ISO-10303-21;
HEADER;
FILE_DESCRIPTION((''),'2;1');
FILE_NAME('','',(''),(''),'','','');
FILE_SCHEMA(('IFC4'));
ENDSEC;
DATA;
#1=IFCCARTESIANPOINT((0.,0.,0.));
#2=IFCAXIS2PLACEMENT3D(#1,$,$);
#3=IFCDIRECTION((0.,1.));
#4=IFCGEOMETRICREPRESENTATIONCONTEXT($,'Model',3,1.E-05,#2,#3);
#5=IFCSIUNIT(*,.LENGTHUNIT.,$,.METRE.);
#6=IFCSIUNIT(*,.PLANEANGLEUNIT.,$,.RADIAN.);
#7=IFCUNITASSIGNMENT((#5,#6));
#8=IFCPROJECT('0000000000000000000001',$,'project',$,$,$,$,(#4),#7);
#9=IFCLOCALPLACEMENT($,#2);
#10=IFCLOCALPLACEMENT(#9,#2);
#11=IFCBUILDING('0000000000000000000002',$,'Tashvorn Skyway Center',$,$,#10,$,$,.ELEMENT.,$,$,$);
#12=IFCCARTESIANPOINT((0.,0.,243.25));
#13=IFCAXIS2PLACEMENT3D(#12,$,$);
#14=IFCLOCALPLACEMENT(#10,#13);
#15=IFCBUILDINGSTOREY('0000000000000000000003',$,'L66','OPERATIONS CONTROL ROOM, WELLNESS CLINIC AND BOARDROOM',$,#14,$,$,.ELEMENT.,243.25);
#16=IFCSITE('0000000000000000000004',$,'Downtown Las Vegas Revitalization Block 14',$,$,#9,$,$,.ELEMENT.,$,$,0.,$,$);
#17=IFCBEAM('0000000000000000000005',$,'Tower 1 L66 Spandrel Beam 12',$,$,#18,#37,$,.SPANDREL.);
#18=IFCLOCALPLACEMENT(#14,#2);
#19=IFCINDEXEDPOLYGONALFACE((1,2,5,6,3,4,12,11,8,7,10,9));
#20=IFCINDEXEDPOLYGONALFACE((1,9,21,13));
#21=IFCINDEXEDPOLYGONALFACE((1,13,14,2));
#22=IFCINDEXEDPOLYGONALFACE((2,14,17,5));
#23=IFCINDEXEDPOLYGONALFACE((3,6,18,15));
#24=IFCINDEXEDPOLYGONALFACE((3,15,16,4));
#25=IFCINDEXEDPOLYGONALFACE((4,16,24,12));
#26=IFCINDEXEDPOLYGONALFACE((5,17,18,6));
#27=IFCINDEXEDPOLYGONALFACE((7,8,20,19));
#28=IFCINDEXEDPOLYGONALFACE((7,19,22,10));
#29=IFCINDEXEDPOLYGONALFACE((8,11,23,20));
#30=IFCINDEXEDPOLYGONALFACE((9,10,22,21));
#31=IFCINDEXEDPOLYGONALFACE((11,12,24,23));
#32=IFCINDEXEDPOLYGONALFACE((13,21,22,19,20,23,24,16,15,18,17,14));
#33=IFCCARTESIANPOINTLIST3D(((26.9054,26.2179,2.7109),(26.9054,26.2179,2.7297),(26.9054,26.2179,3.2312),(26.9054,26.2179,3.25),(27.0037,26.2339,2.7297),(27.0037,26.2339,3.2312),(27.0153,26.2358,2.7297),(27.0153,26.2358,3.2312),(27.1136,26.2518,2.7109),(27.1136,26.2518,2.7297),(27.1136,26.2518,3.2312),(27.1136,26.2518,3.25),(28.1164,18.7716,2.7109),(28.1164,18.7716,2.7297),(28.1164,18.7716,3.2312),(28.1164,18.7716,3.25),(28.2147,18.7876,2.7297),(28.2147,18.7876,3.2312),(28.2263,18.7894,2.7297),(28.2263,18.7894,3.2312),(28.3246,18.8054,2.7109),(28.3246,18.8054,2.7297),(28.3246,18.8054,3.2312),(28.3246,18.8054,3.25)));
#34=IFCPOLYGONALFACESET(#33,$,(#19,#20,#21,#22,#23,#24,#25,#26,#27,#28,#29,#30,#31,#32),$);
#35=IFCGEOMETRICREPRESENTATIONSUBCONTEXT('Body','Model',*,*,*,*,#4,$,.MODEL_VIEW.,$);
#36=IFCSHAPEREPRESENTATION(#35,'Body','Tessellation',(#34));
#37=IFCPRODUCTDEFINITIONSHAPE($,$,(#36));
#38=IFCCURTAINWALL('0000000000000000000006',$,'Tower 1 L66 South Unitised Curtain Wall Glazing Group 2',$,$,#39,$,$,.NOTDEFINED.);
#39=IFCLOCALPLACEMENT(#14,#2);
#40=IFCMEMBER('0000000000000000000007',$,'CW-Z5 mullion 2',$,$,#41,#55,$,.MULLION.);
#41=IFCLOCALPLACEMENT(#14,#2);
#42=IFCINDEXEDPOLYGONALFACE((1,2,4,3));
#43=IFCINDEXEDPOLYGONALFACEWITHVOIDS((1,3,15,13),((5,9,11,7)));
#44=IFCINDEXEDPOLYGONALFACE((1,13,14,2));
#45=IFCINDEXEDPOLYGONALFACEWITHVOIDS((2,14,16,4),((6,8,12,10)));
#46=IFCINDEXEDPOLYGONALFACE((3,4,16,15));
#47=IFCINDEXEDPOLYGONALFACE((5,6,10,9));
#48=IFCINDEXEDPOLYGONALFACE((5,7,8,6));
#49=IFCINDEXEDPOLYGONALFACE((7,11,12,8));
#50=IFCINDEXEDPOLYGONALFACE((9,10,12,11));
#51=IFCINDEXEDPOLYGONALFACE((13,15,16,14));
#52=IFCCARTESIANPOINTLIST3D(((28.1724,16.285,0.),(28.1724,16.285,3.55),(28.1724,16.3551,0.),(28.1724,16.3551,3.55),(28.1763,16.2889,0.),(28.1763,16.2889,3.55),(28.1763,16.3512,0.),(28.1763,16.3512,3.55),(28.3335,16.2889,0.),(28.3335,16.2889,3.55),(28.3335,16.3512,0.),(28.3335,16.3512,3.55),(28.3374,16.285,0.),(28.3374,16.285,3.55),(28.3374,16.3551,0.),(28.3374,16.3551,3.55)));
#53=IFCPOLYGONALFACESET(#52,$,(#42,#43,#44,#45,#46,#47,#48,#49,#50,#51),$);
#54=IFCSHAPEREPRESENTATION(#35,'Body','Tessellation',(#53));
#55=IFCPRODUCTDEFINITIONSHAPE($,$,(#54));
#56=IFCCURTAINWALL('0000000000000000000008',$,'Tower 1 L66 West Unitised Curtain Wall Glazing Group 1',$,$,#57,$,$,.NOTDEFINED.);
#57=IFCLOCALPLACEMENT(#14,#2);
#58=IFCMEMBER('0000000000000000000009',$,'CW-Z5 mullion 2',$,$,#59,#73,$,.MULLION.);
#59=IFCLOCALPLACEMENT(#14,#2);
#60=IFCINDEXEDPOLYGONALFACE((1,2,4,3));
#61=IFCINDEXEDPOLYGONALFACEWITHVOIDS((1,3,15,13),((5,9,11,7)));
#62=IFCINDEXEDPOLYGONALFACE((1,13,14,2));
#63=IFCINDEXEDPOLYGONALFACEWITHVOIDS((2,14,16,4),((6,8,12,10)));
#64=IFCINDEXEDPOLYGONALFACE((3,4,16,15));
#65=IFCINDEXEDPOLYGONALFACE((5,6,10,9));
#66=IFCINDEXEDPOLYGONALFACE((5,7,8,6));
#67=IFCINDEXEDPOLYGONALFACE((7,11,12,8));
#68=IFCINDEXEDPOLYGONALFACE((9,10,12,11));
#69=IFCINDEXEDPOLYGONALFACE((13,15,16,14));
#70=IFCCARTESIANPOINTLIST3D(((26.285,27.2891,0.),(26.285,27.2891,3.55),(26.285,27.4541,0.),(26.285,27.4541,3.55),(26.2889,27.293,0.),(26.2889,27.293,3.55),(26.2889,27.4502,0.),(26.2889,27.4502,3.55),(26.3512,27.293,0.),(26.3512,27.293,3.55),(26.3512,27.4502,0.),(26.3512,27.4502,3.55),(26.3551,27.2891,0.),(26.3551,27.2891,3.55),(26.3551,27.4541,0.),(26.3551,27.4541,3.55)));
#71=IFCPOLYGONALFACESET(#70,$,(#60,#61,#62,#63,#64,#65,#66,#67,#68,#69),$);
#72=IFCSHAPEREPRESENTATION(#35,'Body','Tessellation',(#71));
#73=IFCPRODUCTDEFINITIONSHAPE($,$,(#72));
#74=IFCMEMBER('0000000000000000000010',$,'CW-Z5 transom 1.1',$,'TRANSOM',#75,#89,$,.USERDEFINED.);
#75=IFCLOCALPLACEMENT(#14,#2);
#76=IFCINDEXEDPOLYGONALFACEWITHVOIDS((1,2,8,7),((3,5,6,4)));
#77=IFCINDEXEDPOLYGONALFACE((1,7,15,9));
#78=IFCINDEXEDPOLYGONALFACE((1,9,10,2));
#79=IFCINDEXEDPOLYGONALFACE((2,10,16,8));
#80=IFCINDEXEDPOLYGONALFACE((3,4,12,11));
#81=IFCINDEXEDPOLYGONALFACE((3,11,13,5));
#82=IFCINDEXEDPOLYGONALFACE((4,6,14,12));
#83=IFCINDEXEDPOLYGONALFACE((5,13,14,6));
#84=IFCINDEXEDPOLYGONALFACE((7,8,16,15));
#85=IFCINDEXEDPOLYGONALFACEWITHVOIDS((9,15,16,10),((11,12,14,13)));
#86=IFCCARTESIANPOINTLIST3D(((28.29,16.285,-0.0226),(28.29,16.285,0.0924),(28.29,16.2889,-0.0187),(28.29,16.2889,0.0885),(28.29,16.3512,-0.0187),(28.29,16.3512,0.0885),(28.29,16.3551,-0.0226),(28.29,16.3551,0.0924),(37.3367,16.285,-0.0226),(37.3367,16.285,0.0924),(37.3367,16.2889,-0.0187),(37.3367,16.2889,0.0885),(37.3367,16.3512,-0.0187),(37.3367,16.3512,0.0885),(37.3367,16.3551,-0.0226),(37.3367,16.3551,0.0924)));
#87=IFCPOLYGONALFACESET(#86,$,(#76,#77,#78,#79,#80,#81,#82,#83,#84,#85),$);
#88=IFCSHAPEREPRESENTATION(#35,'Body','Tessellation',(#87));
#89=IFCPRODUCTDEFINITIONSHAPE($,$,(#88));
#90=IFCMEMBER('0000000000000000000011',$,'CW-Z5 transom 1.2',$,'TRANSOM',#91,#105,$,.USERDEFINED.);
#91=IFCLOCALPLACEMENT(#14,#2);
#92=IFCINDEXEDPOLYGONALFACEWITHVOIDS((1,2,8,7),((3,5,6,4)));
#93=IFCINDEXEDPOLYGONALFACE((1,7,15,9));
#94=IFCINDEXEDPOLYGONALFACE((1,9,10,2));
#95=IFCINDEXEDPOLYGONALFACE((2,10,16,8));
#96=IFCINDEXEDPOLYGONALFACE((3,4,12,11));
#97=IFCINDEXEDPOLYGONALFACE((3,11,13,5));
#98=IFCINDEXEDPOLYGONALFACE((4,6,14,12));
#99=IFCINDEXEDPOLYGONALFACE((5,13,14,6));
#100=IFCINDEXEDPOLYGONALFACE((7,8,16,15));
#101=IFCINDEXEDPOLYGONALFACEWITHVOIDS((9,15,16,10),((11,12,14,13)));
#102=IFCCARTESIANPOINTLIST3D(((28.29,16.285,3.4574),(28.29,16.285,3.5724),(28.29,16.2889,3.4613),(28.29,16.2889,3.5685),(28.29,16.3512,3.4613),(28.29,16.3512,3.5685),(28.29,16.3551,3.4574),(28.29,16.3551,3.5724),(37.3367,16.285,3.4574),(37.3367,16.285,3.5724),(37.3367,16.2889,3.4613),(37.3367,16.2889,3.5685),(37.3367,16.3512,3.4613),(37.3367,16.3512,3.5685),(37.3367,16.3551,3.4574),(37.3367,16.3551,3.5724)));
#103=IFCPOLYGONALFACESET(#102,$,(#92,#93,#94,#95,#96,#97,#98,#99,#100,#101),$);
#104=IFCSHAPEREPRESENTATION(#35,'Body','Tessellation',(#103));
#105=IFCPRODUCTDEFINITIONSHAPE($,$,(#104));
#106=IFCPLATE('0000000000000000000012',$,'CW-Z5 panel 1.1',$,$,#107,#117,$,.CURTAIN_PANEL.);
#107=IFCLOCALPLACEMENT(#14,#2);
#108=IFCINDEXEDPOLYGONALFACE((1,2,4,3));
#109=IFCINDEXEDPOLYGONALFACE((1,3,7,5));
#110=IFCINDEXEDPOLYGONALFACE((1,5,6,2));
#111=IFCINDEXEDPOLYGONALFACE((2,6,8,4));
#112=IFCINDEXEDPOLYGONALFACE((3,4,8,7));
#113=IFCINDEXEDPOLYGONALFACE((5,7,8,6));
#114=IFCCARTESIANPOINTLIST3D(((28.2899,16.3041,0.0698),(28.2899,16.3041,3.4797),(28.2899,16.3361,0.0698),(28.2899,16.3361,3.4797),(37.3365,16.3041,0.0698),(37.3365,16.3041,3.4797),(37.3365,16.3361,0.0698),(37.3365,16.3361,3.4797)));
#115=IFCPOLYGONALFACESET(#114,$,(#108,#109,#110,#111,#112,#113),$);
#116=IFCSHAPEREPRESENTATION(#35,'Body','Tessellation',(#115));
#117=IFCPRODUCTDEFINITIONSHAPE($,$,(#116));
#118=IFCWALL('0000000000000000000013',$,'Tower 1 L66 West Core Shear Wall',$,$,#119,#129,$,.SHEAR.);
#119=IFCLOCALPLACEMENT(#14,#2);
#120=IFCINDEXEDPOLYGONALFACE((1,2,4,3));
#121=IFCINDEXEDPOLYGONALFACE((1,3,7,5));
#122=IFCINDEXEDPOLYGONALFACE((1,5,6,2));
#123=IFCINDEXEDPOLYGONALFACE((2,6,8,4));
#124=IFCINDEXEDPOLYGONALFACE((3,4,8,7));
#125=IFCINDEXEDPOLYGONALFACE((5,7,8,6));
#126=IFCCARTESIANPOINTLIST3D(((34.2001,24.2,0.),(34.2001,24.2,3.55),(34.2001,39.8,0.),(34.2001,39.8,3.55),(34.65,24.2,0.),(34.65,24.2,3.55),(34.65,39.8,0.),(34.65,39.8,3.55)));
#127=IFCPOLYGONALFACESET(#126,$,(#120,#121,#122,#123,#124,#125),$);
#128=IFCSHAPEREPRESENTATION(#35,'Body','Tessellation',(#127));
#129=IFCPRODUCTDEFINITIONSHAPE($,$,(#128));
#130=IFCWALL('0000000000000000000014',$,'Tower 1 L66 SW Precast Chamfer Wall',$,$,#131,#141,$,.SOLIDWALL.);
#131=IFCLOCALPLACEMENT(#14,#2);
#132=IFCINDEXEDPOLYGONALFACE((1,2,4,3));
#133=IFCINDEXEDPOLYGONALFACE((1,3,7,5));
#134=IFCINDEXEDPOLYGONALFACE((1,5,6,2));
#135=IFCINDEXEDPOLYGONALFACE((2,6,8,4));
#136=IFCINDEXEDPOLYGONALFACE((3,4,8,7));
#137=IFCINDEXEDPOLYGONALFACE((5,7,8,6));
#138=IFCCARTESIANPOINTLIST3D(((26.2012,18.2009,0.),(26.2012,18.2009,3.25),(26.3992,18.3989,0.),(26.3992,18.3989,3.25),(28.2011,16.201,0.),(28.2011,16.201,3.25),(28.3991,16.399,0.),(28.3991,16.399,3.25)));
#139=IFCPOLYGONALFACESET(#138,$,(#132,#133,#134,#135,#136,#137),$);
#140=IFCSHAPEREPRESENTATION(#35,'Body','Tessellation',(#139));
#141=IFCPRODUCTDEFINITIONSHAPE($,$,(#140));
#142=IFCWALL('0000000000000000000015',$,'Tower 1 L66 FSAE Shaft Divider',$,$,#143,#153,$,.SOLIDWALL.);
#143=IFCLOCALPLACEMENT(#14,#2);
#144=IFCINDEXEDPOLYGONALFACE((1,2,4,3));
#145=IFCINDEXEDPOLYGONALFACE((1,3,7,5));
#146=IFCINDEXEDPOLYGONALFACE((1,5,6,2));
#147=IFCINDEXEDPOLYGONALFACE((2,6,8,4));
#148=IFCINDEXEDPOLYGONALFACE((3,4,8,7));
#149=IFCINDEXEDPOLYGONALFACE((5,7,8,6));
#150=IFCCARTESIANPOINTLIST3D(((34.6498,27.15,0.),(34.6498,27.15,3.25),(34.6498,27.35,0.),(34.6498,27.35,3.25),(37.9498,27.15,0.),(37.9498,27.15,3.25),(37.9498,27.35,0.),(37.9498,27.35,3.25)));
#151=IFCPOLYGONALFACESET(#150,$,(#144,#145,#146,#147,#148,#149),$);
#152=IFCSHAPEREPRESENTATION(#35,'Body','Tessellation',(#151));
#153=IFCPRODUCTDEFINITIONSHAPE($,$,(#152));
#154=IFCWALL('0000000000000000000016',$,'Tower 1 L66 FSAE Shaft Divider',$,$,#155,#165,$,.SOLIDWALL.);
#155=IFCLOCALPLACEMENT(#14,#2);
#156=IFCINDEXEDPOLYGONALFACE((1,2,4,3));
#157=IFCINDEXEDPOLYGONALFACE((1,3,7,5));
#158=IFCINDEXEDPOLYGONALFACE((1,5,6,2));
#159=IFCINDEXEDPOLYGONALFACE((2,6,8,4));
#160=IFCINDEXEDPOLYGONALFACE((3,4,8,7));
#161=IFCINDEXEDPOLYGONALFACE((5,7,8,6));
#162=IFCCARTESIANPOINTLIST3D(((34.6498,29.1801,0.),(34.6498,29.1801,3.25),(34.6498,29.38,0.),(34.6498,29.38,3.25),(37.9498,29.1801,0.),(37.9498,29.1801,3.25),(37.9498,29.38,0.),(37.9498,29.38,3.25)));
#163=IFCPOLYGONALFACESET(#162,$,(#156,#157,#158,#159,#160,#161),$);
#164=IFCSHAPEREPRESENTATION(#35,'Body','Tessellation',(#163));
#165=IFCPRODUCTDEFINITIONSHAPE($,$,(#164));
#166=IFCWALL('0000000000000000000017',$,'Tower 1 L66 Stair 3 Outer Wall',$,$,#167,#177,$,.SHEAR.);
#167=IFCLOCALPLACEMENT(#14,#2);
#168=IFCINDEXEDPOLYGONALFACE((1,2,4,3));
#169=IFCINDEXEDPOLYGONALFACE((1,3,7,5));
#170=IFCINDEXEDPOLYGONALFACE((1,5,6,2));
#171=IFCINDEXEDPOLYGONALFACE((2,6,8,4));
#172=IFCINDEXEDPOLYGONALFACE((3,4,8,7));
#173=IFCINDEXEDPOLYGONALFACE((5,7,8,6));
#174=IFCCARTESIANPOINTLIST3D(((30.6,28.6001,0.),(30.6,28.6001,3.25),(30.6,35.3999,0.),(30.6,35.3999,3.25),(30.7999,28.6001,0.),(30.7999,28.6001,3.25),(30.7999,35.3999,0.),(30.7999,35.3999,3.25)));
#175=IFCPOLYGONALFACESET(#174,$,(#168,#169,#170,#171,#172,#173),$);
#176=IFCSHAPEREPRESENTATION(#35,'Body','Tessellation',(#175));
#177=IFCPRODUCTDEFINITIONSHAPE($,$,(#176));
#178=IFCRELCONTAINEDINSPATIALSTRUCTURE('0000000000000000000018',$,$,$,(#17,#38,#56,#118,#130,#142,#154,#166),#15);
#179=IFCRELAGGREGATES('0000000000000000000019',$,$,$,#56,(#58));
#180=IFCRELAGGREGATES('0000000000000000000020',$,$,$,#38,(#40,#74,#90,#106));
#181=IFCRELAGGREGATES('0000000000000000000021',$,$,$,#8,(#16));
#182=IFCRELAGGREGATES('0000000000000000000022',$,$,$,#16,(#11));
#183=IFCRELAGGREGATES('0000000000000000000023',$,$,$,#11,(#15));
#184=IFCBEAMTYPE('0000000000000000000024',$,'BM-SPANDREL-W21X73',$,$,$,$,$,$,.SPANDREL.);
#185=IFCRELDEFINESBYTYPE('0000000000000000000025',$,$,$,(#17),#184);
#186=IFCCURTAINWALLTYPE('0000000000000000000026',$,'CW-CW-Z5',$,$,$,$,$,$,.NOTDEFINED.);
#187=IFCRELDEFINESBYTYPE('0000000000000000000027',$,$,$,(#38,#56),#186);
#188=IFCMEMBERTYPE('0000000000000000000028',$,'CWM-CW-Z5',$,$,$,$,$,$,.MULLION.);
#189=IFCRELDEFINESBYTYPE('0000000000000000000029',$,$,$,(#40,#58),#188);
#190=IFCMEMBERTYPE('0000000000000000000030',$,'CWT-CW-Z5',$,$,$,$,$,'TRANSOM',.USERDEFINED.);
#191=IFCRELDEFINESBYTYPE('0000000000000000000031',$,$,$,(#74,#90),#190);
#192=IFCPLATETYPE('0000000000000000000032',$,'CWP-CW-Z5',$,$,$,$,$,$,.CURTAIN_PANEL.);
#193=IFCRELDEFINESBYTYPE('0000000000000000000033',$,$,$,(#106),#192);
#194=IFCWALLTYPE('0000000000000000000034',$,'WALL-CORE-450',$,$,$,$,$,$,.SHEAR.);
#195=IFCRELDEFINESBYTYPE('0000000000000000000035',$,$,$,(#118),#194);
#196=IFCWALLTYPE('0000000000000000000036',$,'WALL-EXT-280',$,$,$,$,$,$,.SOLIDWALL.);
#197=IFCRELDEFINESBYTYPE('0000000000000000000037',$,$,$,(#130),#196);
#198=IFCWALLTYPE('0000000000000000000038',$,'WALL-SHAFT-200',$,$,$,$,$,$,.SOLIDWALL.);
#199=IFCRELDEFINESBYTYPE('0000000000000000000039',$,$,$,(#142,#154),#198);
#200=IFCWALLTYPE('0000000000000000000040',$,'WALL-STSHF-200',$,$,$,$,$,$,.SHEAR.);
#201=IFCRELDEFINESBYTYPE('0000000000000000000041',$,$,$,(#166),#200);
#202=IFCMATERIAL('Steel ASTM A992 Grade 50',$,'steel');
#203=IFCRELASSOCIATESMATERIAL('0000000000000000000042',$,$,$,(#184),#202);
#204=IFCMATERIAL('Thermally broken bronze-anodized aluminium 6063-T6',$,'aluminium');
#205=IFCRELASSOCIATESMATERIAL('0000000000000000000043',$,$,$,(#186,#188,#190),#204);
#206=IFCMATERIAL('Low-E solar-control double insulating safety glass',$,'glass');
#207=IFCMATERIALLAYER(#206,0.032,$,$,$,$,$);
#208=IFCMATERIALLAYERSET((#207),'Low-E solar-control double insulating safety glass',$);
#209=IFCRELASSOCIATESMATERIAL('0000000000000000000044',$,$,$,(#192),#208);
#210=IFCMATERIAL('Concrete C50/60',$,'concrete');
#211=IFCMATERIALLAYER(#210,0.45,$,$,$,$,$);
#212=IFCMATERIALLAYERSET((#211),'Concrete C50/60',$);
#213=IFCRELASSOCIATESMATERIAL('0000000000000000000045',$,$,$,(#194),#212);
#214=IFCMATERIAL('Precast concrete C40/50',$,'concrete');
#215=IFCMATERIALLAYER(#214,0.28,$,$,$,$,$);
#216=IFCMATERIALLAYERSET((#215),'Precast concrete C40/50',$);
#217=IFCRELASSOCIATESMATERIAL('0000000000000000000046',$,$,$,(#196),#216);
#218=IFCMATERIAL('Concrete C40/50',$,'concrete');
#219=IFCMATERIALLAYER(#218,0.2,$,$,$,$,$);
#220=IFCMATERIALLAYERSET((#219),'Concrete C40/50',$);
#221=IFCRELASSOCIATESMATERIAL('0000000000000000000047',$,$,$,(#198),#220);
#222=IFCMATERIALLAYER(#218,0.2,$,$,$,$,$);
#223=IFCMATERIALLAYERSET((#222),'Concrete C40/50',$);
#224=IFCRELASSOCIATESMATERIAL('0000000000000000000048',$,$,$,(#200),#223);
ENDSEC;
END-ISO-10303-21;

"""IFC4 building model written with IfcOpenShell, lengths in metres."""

from ifc_helpers import new_model, si_unit, direction, frame, frame_2d, origin, origin_2d, place, context, subcontext, project, spatial, rectangle, hollow_rectangle, i_section, extrude, material, layer, layer_set, material_profile, profile_set, type_object, element, aggregate, save


model = new_model("IFC4")

# Units and contexts
model_context = context("Model", 3, precision=1e-05, world=origin(), true_north=direction((0.0, 1.0)))
body_context = subcontext(model_context, "Body", "Model", "MODEL_VIEW")
ifc_project = project(units=[si_unit("LENGTHUNIT", "METRE"), si_unit("PLANEANGLEUNIT", "RADIAN")], contexts=[model_context])

# Site, building, storey
site_placement = place(None, origin())
site = spatial("IfcSite", under=ifc_project, at=site_placement, Name="Downtown Las Vegas Revitalization Block 14", CompositionType="ELEMENT", RefElevation=0.0)
building_placement = place(site_placement, origin())
building = spatial("IfcBuilding", under=site, at=building_placement, Name="Tashvorn Skyway Center", CompositionType="ELEMENT")
storey_placement = place(building_placement, frame((0.0, 0.0, 243.25)))
storey = spatial("IfcBuildingStorey", under=building, at=storey_placement, Name="L66", Description="OPERATIONS CONTROL ROOM, WELLNESS CLINIC AND BOARDROOM", CompositionType="ELEMENT", Elevation=243.25)

# Beam
ifc_material_1 = material(Name="Steel ASTM A992 Grade 50", Category="steel")
ifc_material_profile_1 = material_profile(ifc_material_1, i_section(OverallWidth=0.2109, OverallDepth=0.5391, WebThickness=0.0117, FlangeThickness=0.0188, at=origin_2d()), Name="W21X73")
ifc_profile_set_1 = profile_set([ifc_material_profile_1], Name="Steel ASTM A992 Grade 50")
beam_type_1 = type_object("IfcBeamType", Name="BM-SPANDREL-W21X73", PredefinedType="SPANDREL", material=ifc_profile_set_1)
beam_1_placement = place(storey_placement, frame((27.0095, 26.2349, 2.9805), z_axis=(0.160514, -0.987034, 0.0), x_axis=(0.987034, 0.160514, 0.0)))
element("IfcBeam", 1, at=beam_1_placement, inside=storey, type_object=beam_type_1, Name="Tower 1 L66 Spandrel Beam 12", PredefinedType="SPANDREL", context=body_context, shape_type="SweptSolid", body=[
    extrude(i_section(OverallWidth=0.2109, OverallDepth=0.5391, WebThickness=0.0117, FlangeThickness=0.0188, at=origin_2d()), origin(), (0.0, 0.0, 1.0), 7.5442),
])

# Curtain walls, members
ifc_material_2 = material(Name="Thermally broken bronze-anodized aluminium 6063-T6", Category="aluminium")
curtain_wall_type = type_object("IfcCurtainWallType", Name="CW-CW-Z5", PredefinedType="NOTDEFINED", material=ifc_material_2)
curtain_wall_1_placement = place(storey_placement, origin())
curtain_wall_1 = element("IfcCurtainWall", 2, at=curtain_wall_1_placement, inside=storey, type_object=curtain_wall_type, Name="Tower 1 L66 South Unitised Curtain Wall Glazing Group 2", PredefinedType="NOTDEFINED")
ifc_material_profile_2 = material_profile(ifc_material_2, hollow_rectangle(XDim=0.0701, YDim=0.165, WallThickness=0.0039, at=origin_2d()), Name="ALU-MULL-70x165")
ifc_profile_set_2 = profile_set([ifc_material_profile_2], Name="Thermally broken bronze-anodized aluminium 6063-T6")
member_type_1 = type_object("IfcMemberType", Name="CWM-CW-Z5", PredefinedType="MULLION", material=ifc_profile_set_2)
member_1_placement = place(storey_placement, frame((28.2549, 16.3201, 0.0), z_axis=(0.0, 0.0, 1.0), x_axis=(0.0, -1.0, 0.0)))
member_1 = element("IfcMember", 3, at=member_1_placement, type_object=member_type_1, Name="CW-Z5 mullion 2", PredefinedType="MULLION", context=body_context, shape_type="SweptSolid", body=[
    extrude(hollow_rectangle(XDim=0.0701, YDim=0.165, WallThickness=0.0039, at=origin_2d()), origin(), (0.0, 0.0, 1.0), 3.55),
])
curtain_wall_2_placement = place(storey_placement, origin())
curtain_wall_2 = element("IfcCurtainWall", 4, at=curtain_wall_2_placement, inside=storey, type_object=curtain_wall_type, Name="Tower 1 L66 West Unitised Curtain Wall Glazing Group 1", PredefinedType="NOTDEFINED")
member_2_placement = place(storey_placement, frame((26.3201, 27.3716, 0.0), z_axis=(0.0, 0.0, 1.0), x_axis=(-1.0, 0.0, 0.0)))
member_2 = element("IfcMember", 5, at=member_2_placement, type_object=member_type_1, Name="CW-Z5 mullion 2", PredefinedType="MULLION", context=body_context, shape_type="SweptSolid", body=[
    extrude(hollow_rectangle(XDim=0.0701, YDim=0.165, WallThickness=0.0039, at=origin_2d()), origin(), (0.0, 0.0, 1.0), 3.55),
])
aggregate(curtain_wall_2, [member_2])

# Members
ifc_material_profile_3 = material_profile(ifc_material_2, hollow_rectangle(XDim=0.0701, YDim=0.115, WallThickness=0.0039, at=origin_2d()), Name="ALU-TRAN-70x115")
ifc_profile_set_3 = profile_set([ifc_material_profile_3], Name="Thermally broken bronze-anodized aluminium 6063-T6")
member_type_2 = type_object("IfcMemberType", Name="CWT-CW-Z5", ElementType="TRANSOM", PredefinedType="USERDEFINED", material=ifc_profile_set_3)
member_3_placement = place(storey_placement, frame((37.3367, 16.3201, 0.0349), z_axis=(-1.0, 0.0, 0.0), x_axis=(0.0, -1.0, 0.0)))
member_3 = element("IfcMember", 6, at=member_3_placement, type_object=member_type_2, Name="CW-Z5 transom 1.1", ObjectType="TRANSOM", PredefinedType="USERDEFINED", context=body_context, shape_type="SweptSolid", body=[
    extrude(hollow_rectangle(XDim=0.0701, YDim=0.115, WallThickness=0.0039, at=origin_2d()), origin(), (0.0, 0.0, 1.0), 9.0466),
])
member_4_placement = place(storey_placement, frame((37.3367, 16.3201, 3.5149), z_axis=(-1.0, 0.0, 0.0), x_axis=(0.0, -1.0, 0.0)))
member_4 = element("IfcMember", 7, at=member_4_placement, type_object=member_type_2, Name="CW-Z5 transom 1.2", ObjectType="TRANSOM", PredefinedType="USERDEFINED", context=body_context, shape_type="SweptSolid", body=[
    extrude(hollow_rectangle(XDim=0.0701, YDim=0.115, WallThickness=0.0039, at=origin_2d()), origin(), (0.0, 0.0, 1.0), 9.0466),
])

# Plate
ifc_material_3 = material(Name="Low-E solar-control double insulating safety glass", Category="glass")
ifc_layer_1 = layer(ifc_material_3, 0.032)
ifc_layer_set_1 = layer_set([ifc_layer_1], Name="Low-E solar-control double insulating safety glass")
plate_type = type_object("IfcPlateType", Name="CWP-CW-Z5", PredefinedType="CURTAIN_PANEL", material=ifc_layer_set_1)
plate_placement = place(storey_placement, frame((32.8132, 16.3201, 0.0698), z_axis=(0.0, 0.0, 1.0), x_axis=(-1.0, 0.0, 0.0)))
plate = element("IfcPlate", 8, at=plate_placement, type_object=plate_type, Name="CW-Z5 panel 1.1", PredefinedType="CURTAIN_PANEL", context=body_context, shape_type="SweptSolid", body=[
    extrude(rectangle(XDim=9.0466, YDim=0.032, at=origin_2d()), origin(), (0.0, 0.0, 1.0), 3.4099),
])
aggregate(curtain_wall_1, [member_1, member_3, member_4, plate])

# Walls
ifc_material_4 = material(Name="Concrete C50/60", Category="concrete")
ifc_layer_2 = layer(ifc_material_4, 0.45)
ifc_layer_set_2 = layer_set([ifc_layer_2], Name="Concrete C50/60")
wall_type_1 = type_object("IfcWallType", Name="WALL-CORE-450", PredefinedType="SHEAR", material=ifc_layer_set_2)
wall_1_placement = place(storey_placement, frame((34.425, 24.2, 0.0), z_axis=(0.0, 0.0, 1.0), x_axis=(0.0, 1.0, 0.0)))
element("IfcWall", 9, at=wall_1_placement, inside=storey, type_object=wall_type_1, Name="Tower 1 L66 West Core Shear Wall", PredefinedType="SHEAR", context=body_context, shape_type="SweptSolid", body=[
    extrude(rectangle(XDim=15.6001, YDim=0.45, at=frame_2d((7.8, 0.0))), origin(), (0.0, 0.0, 1.0), 3.55),
])
ifc_material_5 = material(Name="Precast concrete C40/50", Category="concrete")
ifc_layer_3 = layer(ifc_material_5, 0.28)
ifc_layer_set_3 = layer_set([ifc_layer_3], Name="Precast concrete C40/50")
wall_type_2 = type_object("IfcWallType", Name="WALL-EXT-280", PredefinedType="SOLIDWALL", material=ifc_layer_set_3)
wall_2_placement = place(storey_placement, frame((28.3, 16.3, 0.0), z_axis=(0.0, 0.0, 1.0), x_axis=(-0.707107, 0.707107, 0.0)))
element("IfcWall", 10, at=wall_2_placement, inside=storey, type_object=wall_type_2, Name="Tower 1 L66 SW Precast Chamfer Wall", PredefinedType="SOLIDWALL", context=body_context, shape_type="SweptSolid", body=[
    extrude(rectangle(XDim=2.8284, YDim=0.28, at=frame_2d((1.4141, 0.0))), origin(), (0.0, 0.0, 1.0), 3.25),
])
ifc_material_6 = material(Name="Concrete C40/50", Category="concrete")
ifc_layer_4 = layer(ifc_material_6, 0.2)
ifc_layer_set_4 = layer_set([ifc_layer_4], Name="Concrete C40/50")
wall_type_3 = type_object("IfcWallType", Name="WALL-SHAFT-200", PredefinedType="SOLIDWALL", material=ifc_layer_set_4)
for number, where, z_axis, x_axis, name in (
    (11, (34.6499, 27.25, 0.0), (0.0, 0.0, 1.0), (1.0, 0.0, 0.0), "Tower 1 L66 FSAE Shaft Divider"),
    (12, (34.6499, 29.28, 0.0), (0.0, 0.0, 1.0), (1.0, 0.0, 0.0), "Tower 1 L66 FSAE Shaft Divider"),
):
    element("IfcWall", number, at=place(storey_placement, frame(where, z_axis=z_axis, x_axis=x_axis)), inside=storey, type_object=wall_type_3, Name=name, PredefinedType="SOLIDWALL", context=body_context, shape_type="SweptSolid", body=[
        extrude(rectangle(XDim=3.3, YDim=0.2, at=frame_2d((1.6499, 0.0))), origin(), (0.0, 0.0, 1.0), 3.25),
    ])
ifc_layer_5 = layer(ifc_material_6, 0.2)
ifc_layer_set_5 = layer_set([ifc_layer_5], Name="Concrete C40/50")
wall_type_4 = type_object("IfcWallType", Name="WALL-STSHF-200", PredefinedType="SHEAR", material=ifc_layer_set_5)
wall_3_placement = place(storey_placement, frame((30.7, 28.6001, 0.0), z_axis=(0.0, 0.0, 1.0), x_axis=(0.0, 1.0, 0.0)))
element("IfcWall", 13, at=wall_3_placement, inside=storey, type_object=wall_type_4, Name="Tower 1 L66 Stair 3 Outer Wall", PredefinedType="SHEAR", context=body_context, shape_type="SweptSolid", body=[
    extrude(rectangle(XDim=6.7998, YDim=0.2, at=frame_2d((3.3999, 0.0))), origin(), (0.0, 0.0, 1.0), 3.25),
])

save(model, "model.ifc")
